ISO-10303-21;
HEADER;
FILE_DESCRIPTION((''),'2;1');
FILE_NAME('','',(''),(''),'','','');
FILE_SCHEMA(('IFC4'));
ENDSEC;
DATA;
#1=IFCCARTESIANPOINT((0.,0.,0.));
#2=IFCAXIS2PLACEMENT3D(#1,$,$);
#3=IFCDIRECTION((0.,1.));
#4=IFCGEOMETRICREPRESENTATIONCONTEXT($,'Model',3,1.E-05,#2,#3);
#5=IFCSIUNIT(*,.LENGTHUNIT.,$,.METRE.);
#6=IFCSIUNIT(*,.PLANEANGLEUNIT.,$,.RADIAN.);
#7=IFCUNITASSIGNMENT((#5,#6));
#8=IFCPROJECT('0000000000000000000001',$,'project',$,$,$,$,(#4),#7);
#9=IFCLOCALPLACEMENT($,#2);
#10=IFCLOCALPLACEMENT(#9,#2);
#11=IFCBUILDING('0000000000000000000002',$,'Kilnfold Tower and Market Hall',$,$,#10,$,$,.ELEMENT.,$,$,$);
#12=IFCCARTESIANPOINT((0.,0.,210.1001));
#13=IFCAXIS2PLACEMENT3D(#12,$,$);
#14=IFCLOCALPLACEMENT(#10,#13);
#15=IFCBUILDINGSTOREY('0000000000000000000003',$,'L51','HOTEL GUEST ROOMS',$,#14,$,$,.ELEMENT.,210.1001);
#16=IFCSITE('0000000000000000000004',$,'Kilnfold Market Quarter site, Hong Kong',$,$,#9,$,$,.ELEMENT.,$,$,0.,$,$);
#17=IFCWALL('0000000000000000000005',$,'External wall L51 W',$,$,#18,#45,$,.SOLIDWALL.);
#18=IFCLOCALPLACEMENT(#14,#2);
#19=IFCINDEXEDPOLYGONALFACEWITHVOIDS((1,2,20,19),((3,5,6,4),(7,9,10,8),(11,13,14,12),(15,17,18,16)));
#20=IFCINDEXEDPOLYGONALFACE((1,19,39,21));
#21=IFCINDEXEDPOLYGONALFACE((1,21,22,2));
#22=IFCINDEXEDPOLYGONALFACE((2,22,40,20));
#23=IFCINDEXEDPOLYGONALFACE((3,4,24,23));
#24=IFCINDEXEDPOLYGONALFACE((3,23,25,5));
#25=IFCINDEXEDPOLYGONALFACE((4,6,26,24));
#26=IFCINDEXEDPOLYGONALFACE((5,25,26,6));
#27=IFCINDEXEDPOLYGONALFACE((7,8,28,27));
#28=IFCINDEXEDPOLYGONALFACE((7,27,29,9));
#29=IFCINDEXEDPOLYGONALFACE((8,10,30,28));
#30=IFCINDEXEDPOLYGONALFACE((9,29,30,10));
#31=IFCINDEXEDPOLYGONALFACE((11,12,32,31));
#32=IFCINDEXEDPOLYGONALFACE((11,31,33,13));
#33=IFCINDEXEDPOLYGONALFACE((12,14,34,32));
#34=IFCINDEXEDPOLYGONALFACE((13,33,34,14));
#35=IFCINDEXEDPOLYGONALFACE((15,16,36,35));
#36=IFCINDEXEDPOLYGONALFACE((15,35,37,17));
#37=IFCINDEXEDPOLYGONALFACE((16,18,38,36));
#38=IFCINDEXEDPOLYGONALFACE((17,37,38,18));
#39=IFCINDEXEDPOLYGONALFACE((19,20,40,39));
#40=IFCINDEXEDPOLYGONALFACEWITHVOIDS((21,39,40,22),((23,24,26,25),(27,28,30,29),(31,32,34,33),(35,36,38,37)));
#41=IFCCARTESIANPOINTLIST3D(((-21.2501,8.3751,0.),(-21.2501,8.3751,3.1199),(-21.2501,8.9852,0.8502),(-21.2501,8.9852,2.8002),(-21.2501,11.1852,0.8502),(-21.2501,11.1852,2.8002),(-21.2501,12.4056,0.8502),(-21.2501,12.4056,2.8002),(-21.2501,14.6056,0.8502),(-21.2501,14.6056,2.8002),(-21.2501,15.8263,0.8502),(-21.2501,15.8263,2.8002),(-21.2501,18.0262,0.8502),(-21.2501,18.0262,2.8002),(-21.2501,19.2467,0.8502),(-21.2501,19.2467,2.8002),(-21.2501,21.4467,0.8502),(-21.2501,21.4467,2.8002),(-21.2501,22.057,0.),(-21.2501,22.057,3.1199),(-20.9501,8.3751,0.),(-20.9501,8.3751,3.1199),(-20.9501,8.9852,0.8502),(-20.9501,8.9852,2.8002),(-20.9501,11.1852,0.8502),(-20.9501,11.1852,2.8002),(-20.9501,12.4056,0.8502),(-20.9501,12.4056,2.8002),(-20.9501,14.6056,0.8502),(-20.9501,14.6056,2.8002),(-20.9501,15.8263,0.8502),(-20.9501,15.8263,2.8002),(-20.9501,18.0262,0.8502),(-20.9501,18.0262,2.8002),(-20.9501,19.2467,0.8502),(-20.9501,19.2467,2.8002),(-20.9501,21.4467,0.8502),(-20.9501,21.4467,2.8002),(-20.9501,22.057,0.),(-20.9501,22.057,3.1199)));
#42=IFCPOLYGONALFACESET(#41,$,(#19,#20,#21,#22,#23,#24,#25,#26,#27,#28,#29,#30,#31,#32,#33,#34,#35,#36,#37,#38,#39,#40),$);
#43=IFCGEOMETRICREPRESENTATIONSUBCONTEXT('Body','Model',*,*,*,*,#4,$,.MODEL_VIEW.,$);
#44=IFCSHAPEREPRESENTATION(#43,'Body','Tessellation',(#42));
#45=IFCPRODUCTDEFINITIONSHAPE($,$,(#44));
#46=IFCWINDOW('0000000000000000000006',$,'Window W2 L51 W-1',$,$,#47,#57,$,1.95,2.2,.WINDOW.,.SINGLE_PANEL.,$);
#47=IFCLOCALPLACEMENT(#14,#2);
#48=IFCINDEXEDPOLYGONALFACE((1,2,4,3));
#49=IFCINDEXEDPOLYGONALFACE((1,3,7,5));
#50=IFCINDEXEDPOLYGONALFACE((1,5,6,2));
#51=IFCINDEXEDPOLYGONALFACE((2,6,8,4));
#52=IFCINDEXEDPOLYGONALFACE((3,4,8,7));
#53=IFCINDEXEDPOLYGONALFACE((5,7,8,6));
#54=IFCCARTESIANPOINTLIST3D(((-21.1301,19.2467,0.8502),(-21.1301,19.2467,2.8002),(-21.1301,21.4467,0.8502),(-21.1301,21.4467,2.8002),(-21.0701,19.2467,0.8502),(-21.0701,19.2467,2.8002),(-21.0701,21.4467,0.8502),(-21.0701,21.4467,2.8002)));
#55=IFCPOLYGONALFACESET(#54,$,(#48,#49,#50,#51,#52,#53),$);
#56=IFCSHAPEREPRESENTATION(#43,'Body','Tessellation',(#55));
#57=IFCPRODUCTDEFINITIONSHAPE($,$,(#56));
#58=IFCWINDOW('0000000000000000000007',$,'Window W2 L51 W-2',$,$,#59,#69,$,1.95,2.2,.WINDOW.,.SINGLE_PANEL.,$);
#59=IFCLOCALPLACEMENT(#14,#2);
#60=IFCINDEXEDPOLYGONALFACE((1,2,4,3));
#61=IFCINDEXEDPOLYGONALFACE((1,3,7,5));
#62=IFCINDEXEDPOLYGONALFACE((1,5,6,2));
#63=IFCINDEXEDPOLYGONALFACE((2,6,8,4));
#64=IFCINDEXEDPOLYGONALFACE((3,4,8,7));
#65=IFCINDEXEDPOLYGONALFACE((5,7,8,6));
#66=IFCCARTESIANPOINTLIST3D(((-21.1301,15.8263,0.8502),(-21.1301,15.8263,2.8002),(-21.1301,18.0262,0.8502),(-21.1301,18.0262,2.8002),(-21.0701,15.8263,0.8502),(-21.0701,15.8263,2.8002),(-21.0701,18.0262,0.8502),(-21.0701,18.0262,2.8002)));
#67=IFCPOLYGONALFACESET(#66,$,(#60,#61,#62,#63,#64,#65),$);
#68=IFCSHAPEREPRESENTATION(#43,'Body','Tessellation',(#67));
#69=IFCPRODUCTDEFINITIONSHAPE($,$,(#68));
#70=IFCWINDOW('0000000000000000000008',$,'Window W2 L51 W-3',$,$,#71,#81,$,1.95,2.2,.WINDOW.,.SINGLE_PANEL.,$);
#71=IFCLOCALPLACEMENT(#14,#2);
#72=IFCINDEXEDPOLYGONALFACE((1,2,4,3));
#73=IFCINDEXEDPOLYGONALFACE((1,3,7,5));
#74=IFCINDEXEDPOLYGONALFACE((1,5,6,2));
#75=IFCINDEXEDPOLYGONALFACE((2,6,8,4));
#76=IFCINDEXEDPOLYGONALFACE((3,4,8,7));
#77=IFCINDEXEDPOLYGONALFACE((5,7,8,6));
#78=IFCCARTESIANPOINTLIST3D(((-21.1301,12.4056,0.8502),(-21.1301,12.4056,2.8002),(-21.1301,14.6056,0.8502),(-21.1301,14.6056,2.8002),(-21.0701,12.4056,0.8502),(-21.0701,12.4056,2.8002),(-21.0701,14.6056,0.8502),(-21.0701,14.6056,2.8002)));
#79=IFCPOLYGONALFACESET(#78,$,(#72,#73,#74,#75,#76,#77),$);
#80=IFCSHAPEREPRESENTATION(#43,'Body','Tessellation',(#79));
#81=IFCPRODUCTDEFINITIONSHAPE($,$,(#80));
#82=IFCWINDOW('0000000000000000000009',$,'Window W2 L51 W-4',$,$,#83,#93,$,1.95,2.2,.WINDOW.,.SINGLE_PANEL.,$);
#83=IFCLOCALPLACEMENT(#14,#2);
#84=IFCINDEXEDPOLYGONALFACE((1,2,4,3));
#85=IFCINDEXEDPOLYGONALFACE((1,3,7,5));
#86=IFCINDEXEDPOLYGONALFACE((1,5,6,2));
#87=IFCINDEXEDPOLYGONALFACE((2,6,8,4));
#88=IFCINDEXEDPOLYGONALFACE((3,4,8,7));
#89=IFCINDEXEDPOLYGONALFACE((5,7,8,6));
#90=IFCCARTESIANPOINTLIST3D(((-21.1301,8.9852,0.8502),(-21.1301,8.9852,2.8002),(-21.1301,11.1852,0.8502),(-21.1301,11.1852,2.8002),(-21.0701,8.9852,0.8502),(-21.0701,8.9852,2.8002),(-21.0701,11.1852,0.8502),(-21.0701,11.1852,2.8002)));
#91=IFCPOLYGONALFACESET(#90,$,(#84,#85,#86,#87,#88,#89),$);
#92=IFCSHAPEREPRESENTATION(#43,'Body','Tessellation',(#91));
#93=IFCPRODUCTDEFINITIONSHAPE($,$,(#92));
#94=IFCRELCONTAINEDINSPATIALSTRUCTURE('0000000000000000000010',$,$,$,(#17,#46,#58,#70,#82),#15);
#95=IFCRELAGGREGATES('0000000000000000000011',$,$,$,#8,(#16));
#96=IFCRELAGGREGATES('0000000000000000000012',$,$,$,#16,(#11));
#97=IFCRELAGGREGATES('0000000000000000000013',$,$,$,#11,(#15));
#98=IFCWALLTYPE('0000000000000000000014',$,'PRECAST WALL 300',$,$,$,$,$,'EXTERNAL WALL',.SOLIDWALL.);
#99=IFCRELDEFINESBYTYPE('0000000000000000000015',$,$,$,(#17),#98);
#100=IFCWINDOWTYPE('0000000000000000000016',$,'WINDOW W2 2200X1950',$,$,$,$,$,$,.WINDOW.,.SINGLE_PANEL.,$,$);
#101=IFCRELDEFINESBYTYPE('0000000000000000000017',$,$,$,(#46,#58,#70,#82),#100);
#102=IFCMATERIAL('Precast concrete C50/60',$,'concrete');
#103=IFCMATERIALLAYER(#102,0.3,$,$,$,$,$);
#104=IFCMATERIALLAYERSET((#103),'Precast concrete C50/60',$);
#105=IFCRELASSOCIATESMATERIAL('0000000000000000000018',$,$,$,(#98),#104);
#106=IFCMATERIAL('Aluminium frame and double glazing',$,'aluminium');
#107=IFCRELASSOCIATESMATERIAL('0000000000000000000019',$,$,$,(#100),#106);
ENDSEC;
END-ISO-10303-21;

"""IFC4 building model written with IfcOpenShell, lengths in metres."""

from ifc_helpers import new_model, si_unit, direction, frame, frame_2d, origin, place, context, subcontext, project, spatial, rectangle, extrude, source, transform, mapped, material, layer, layer_set, type_object, element, fill, save


model = new_model("IFC4")

# Units and contexts
model_context = context("Model", 3, precision=1e-05, world=origin(), true_north=direction((0.0, 1.0)))
body_context = subcontext(model_context, "Body", "Model", "MODEL_VIEW")
ifc_project = project(units=[si_unit("LENGTHUNIT", "METRE"), si_unit("PLANEANGLEUNIT", "RADIAN")], contexts=[model_context])

# Site, building, storey
site_placement = place(None, origin())
site = spatial("IfcSite", under=ifc_project, at=site_placement, Name="Kilnfold Market Quarter site, Hong Kong", CompositionType="ELEMENT", RefElevation=0.0)
building_placement = place(site_placement, origin())
building = spatial("IfcBuilding", under=site, at=building_placement, Name="Kilnfold Tower and Market Hall", CompositionType="ELEMENT")
storey_placement = place(building_placement, frame((0.0, 0.0, 210.1001)))
storey = spatial("IfcBuildingStorey", under=building, at=storey_placement, Name="L51", Description="HOTEL GUEST ROOMS", CompositionType="ELEMENT", Elevation=210.1001)

# Shared definitions
ifc_material_1 = material(Name="Precast concrete C50/60", Category="concrete")
ifc_layer_1 = layer(ifc_material_1, 0.3)
ifc_layer_set_1 = layer_set([ifc_layer_1], Name="Precast concrete C50/60")
wall_type_1 = type_object("IfcWallType", Name="PRECAST WALL 300", ElementType="EXTERNAL WALL", PredefinedType="SOLIDWALL", material=ifc_layer_set_1)
ifc_material_2 = material(Name="Aluminium frame and double glazing", Category="aluminium")
window_type = type_object("IfcWindowType", Name="WINDOW W2 2200X1950", PartitioningType="SINGLE_PANEL", PredefinedType="WINDOW", material=ifc_material_2)

# Wall, openings, windows
shared_shape_1 = source(origin(), body_context, "Body", "SweptSolid", [
    extrude(rectangle(XDim=13.6819, YDim=0.3, at=frame_2d((6.8408, 0.0))), origin(), (0.0, 0.0, 1.0), 3.1199),
])
wall_1_placement = place(storey_placement, frame((-21.1001, 22.0569, 0.0), z_axis=(0.0, 0.0, 1.0), x_axis=(0.0, -1.0, 0.0)))
wall_1 = element("IfcWall", 1, at=wall_1_placement, inside=storey, type_object=wall_type_1, Name="External wall L51 W", PredefinedType="SOLIDWALL", context=body_context, shape_type="MappedRepresentation", body=[
    mapped(shared_shape_1, transform((0.0, 0.0, 0.0))),
])
opening_1_placement = place(wall_1_placement, frame((0.6101, 0.0, 0.8501)))
opening_1 = element("IfcOpeningElement", 2, at=opening_1_placement, cuts=wall_1, PredefinedType="OPENING", context=body_context, shape_type="SweptSolid", body=[
    extrude(rectangle(XDim=2.2, YDim=1.95, at=frame_2d((1.1001, 0.9751))), frame((0.0, 0.1602, 0.0), z_axis=(0.0, -1.0, 0.0), x_axis=(1.0, 0.0, 0.0)), (0.0, 0.0, 1.0), 0.3201),
])
opening_2_placement = place(wall_1_placement, frame((4.0305, 0.0, 0.8501)))
opening_2 = element("IfcOpeningElement", 3, at=opening_2_placement, cuts=wall_1, PredefinedType="OPENING", context=body_context, shape_type="SweptSolid", body=[
    extrude(rectangle(XDim=2.2, YDim=1.95, at=frame_2d((1.1001, 0.9751))), frame((0.0, 0.1602, 0.0), z_axis=(0.0, -1.0, 0.0), x_axis=(1.0, 0.0, 0.0)), (0.0, 0.0, 1.0), 0.3201),
])
opening_3_placement = place(wall_1_placement, frame((7.4512, 0.0, 0.8501)))
opening_3 = element("IfcOpeningElement", 4, at=opening_3_placement, cuts=wall_1, PredefinedType="OPENING", context=body_context, shape_type="SweptSolid", body=[
    extrude(rectangle(XDim=2.2, YDim=1.95, at=frame_2d((1.1001, 0.9751))), frame((0.0, 0.1602, 0.0), z_axis=(0.0, -1.0, 0.0), x_axis=(1.0, 0.0, 0.0)), (0.0, 0.0, 1.0), 0.3201),
])
opening_4_placement = place(wall_1_placement, frame((10.8716, 0.0, 0.8501)))
opening_4 = element("IfcOpeningElement", 5, at=opening_4_placement, cuts=wall_1, PredefinedType="OPENING", context=body_context, shape_type="SweptSolid", body=[
    extrude(rectangle(XDim=2.2, YDim=1.95, at=frame_2d((1.1001, 0.9751))), frame((0.0, 0.1602, 0.0), z_axis=(0.0, -1.0, 0.0), x_axis=(1.0, 0.0, 0.0)), (0.0, 0.0, 1.0), 0.3201),
])
window_1_placement = place(opening_1_placement, origin())
window_1 = element("IfcWindow", 6, at=window_1_placement, inside=storey, type_object=window_type, Name="Window W2 L51 W-1", OverallHeight=1.95, OverallWidth=2.2, PartitioningType="SINGLE_PANEL", PredefinedType="WINDOW", context=body_context, shape_type="SweptSolid", body=[
    extrude(rectangle(XDim=2.2, YDim=1.95, at=frame_2d((1.1001, 0.9751))), frame((0.0, 0.03, 0.0), z_axis=(0.0, -1.0, 0.0), x_axis=(1.0, 0.0, 0.0)), (0.0, 0.0, 1.0), 0.0601),
])
fill(opening_1, window_1)
window_2_placement = place(opening_2_placement, origin())
window_2 = element("IfcWindow", 7, at=window_2_placement, inside=storey, type_object=window_type, Name="Window W2 L51 W-2", OverallHeight=1.95, OverallWidth=2.2, PartitioningType="SINGLE_PANEL", PredefinedType="WINDOW", context=body_context, shape_type="SweptSolid", body=[
    extrude(rectangle(XDim=2.2, YDim=1.95, at=frame_2d((1.1001, 0.9751))), frame((0.0, 0.03, 0.0), z_axis=(0.0, -1.0, 0.0), x_axis=(1.0, 0.0, 0.0)), (0.0, 0.0, 1.0), 0.0601),
])
fill(opening_2, window_2)
window_3_placement = place(opening_3_placement, origin())
window_3 = element("IfcWindow", 8, at=window_3_placement, inside=storey, type_object=window_type, Name="Window W2 L51 W-3", OverallHeight=1.95, OverallWidth=2.2, PartitioningType="SINGLE_PANEL", PredefinedType="WINDOW", context=body_context, shape_type="SweptSolid", body=[
    extrude(rectangle(XDim=2.2, YDim=1.95, at=frame_2d((1.1001, 0.9751))), frame((0.0, 0.03, 0.0), z_axis=(0.0, -1.0, 0.0), x_axis=(1.0, 0.0, 0.0)), (0.0, 0.0, 1.0), 0.0601),
])
fill(opening_3, window_3)
window_4_placement = place(opening_4_placement, origin())
window_4 = element("IfcWindow", 9, at=window_4_placement, inside=storey, type_object=window_type, Name="Window W2 L51 W-4", OverallHeight=1.95, OverallWidth=2.2, PartitioningType="SINGLE_PANEL", PredefinedType="WINDOW", context=body_context, shape_type="SweptSolid", body=[
    extrude(rectangle(XDim=2.2, YDim=1.95, at=frame_2d((1.1001, 0.9751))), frame((0.0, 0.03, 0.0), z_axis=(0.0, -1.0, 0.0), x_axis=(1.0, 0.0, 0.0)), (0.0, 0.0, 1.0), 0.0601),
])
fill(opening_4, window_4)

save(model, "model.ifc")
